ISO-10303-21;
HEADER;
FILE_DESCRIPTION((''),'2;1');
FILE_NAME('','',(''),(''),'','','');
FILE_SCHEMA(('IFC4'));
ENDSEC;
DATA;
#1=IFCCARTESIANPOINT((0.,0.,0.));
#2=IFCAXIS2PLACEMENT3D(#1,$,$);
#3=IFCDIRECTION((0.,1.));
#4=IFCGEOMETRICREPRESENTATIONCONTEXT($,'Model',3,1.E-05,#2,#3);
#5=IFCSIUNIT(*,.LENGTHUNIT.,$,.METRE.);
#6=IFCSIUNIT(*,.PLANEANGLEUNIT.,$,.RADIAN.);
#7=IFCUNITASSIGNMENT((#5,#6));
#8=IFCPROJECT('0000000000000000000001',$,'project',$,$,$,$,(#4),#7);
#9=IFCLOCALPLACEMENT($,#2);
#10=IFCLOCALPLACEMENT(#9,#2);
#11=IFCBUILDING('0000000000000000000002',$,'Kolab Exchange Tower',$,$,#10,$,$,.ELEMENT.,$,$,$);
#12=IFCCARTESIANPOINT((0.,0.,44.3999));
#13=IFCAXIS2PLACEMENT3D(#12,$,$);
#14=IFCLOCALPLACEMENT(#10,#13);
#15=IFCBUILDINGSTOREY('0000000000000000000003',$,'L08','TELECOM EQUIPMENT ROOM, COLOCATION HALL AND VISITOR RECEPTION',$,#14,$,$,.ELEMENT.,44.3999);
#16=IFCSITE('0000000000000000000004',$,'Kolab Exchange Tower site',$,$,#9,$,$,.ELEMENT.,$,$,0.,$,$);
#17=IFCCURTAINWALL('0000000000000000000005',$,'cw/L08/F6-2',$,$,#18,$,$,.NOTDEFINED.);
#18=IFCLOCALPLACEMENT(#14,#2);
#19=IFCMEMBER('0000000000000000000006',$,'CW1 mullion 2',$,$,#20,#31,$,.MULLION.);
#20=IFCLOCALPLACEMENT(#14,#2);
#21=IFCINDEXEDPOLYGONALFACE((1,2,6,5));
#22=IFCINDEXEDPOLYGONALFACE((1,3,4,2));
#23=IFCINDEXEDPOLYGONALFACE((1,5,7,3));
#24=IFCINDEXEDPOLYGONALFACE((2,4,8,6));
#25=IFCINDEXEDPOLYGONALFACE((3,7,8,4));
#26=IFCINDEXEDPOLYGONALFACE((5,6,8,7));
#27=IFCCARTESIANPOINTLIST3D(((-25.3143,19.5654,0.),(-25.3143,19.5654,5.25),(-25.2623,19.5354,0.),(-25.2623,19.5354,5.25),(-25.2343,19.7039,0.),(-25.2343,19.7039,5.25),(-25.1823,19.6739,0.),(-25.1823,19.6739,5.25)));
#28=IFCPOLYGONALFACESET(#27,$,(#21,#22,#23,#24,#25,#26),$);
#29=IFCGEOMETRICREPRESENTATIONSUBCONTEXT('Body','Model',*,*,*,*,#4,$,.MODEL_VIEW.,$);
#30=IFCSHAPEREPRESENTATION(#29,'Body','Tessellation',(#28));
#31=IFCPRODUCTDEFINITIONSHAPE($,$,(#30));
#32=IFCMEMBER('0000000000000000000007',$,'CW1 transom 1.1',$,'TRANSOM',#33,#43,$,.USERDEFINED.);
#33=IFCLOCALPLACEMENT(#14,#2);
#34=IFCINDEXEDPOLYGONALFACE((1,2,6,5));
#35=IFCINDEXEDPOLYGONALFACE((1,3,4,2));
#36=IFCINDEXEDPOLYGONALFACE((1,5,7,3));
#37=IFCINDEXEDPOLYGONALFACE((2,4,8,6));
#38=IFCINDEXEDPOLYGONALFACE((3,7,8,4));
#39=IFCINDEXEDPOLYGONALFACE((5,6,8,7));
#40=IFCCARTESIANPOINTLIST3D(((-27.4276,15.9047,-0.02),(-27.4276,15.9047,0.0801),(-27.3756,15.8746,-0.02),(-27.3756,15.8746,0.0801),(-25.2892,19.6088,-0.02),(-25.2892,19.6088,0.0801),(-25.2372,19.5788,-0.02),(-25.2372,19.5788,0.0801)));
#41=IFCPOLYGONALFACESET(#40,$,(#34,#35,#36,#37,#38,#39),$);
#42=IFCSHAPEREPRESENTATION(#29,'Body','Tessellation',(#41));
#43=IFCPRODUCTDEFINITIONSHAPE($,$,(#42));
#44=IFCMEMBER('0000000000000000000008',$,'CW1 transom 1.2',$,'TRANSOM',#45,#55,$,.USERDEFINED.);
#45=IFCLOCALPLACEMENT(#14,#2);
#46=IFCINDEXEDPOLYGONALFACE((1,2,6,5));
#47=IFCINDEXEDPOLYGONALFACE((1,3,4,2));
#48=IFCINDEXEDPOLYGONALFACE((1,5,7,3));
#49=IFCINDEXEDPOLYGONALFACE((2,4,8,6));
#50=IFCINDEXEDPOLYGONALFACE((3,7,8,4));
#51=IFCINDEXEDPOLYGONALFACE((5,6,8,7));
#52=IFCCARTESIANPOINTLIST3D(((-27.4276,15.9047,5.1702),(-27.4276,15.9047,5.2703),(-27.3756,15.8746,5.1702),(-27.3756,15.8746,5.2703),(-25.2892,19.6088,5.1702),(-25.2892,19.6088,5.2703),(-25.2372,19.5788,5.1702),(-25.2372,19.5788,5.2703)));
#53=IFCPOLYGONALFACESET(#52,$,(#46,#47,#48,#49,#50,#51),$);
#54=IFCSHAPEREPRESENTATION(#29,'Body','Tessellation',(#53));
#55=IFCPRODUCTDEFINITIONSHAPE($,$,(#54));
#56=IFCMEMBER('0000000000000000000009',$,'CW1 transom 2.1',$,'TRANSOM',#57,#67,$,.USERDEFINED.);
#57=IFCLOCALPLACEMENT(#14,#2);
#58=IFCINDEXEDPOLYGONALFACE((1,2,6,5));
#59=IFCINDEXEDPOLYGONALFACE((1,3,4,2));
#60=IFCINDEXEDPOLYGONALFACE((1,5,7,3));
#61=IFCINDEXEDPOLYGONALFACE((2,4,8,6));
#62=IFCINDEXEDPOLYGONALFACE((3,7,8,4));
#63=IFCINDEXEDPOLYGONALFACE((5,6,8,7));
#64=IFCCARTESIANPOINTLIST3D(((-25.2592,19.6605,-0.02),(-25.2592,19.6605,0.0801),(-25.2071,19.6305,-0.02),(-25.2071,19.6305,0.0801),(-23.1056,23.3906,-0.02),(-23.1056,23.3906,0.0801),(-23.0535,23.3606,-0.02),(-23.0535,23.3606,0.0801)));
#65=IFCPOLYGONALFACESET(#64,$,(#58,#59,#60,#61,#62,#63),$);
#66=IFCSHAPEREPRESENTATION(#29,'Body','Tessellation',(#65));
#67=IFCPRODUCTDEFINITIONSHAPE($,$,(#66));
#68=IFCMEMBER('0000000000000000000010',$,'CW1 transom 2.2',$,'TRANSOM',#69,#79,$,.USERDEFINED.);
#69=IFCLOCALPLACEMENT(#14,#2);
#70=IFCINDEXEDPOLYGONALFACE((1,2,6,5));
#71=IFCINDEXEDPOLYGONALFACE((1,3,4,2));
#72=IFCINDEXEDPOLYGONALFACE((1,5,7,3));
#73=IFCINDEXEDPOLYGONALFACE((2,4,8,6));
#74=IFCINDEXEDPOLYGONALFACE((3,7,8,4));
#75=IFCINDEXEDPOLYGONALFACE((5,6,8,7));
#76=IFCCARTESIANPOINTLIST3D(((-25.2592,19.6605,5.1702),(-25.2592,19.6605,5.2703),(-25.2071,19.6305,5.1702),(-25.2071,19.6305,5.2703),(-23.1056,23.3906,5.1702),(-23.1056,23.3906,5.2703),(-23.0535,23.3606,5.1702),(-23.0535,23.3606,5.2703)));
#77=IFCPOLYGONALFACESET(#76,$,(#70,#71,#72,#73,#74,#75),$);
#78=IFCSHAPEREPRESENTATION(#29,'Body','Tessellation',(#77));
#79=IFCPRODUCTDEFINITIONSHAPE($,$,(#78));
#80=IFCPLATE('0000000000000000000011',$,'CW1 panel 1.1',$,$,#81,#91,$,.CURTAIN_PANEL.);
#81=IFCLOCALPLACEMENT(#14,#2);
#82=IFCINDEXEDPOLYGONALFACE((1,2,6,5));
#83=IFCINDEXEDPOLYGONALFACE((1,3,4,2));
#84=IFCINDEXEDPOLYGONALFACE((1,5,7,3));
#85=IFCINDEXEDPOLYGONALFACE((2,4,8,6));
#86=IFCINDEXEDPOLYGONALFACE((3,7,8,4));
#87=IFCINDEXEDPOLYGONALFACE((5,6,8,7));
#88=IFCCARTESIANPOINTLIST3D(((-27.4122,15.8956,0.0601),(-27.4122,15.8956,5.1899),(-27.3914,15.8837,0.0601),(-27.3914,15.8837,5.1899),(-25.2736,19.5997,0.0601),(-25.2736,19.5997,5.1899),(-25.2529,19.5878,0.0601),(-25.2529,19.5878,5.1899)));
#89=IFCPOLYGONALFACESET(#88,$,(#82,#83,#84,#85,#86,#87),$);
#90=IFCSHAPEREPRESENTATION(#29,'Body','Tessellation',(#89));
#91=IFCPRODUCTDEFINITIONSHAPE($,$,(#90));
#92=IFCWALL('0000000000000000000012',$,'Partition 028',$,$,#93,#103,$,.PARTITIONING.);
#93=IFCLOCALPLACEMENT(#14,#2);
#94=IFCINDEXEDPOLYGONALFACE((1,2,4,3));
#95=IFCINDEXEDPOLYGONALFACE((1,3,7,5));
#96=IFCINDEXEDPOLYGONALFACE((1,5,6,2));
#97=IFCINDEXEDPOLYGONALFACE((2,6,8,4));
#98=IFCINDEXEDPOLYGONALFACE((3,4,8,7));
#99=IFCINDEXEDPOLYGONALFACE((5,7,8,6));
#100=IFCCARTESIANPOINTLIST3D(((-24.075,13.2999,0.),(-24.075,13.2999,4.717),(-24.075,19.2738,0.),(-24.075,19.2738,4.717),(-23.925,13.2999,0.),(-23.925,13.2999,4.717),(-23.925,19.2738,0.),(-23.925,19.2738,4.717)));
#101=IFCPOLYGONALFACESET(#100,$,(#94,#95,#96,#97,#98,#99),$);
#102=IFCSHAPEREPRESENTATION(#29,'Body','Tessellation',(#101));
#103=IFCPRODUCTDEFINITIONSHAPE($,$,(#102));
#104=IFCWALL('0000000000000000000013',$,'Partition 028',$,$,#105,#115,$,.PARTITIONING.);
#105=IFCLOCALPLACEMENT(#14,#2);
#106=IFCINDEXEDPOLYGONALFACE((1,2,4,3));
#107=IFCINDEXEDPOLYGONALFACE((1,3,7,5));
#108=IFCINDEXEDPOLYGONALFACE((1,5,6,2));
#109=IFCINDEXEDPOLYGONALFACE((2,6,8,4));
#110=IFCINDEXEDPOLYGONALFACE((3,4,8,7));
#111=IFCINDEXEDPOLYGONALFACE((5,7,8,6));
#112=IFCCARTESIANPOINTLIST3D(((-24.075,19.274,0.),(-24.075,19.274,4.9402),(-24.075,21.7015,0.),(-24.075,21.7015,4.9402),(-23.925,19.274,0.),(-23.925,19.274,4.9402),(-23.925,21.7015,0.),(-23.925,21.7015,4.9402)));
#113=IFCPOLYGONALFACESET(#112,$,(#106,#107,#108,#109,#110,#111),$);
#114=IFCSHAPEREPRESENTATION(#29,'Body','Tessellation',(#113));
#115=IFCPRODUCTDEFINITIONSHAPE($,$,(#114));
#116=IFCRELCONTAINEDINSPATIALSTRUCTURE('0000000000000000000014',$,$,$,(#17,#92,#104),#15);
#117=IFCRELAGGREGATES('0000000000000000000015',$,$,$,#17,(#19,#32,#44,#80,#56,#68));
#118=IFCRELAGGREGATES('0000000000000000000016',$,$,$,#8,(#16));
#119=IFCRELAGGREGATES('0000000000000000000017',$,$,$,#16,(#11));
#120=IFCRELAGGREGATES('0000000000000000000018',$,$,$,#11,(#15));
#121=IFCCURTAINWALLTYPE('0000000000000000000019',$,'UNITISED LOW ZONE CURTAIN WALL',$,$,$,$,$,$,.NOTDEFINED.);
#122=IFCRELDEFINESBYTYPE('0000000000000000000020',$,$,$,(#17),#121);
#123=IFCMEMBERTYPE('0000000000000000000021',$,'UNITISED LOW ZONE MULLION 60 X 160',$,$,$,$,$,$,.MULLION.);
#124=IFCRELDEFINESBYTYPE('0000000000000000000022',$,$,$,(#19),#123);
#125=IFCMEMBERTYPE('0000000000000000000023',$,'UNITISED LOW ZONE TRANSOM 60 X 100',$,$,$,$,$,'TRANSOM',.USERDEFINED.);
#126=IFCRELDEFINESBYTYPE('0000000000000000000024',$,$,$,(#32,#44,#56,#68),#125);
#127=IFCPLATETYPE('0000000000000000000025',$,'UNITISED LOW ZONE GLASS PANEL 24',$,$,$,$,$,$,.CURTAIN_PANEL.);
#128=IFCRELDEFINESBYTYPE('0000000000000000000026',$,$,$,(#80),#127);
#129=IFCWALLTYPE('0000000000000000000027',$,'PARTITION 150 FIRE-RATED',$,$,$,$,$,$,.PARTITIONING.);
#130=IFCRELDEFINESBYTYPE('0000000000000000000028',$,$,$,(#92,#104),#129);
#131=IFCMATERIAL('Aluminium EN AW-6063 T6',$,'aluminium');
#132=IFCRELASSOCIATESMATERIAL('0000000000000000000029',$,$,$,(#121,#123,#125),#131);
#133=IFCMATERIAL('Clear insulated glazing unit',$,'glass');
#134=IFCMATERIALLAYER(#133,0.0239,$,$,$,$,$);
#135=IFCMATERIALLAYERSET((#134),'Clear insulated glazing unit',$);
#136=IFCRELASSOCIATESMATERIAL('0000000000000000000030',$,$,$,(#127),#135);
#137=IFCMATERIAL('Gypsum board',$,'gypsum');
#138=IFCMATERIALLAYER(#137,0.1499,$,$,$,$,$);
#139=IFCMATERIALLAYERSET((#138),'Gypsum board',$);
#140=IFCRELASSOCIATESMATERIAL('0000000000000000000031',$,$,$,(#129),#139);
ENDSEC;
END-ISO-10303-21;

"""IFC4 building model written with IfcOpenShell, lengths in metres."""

from ifc_helpers import new_model, si_unit, direction, frame, frame_2d, origin, origin_2d, place, context, subcontext, project, spatial, rectangle, extrude, material, layer, layer_set, material_profile, profile_set, type_object, element, aggregate, save


model = new_model("IFC4")

# Units and contexts
model_context = context("Model", 3, precision=1e-05, world=origin(), true_north=direction((0.0, 1.0)))
body_context = subcontext(model_context, "Body", "Model", "MODEL_VIEW")
ifc_project = project(units=[si_unit("LENGTHUNIT", "METRE"), si_unit("PLANEANGLEUNIT", "RADIAN")], contexts=[model_context])

# Site, building, storey
site_placement = place(None, origin())
site = spatial("IfcSite", under=ifc_project, at=site_placement, Name="Kolab Exchange Tower site", CompositionType="ELEMENT", RefElevation=0.0)
building_placement = place(site_placement, origin())
building = spatial("IfcBuilding", under=site, at=building_placement, Name="Kolab Exchange Tower", CompositionType="ELEMENT")
storey_placement = place(building_placement, frame((0.0, 0.0, 44.3999)))
storey = spatial("IfcBuildingStorey", under=building, at=storey_placement, Name="L08", Description="TELECOM EQUIPMENT ROOM, COLOCATION HALL AND VISITOR RECEPTION", CompositionType="ELEMENT", Elevation=44.3999)

# Curtain wall, members, plate
ifc_material_1 = material(Name="Aluminium EN AW-6063 T6", Category="aluminium")
curtain_wall_type = type_object("IfcCurtainWallType", Name="UNITISED LOW ZONE CURTAIN WALL", PredefinedType="NOTDEFINED", material=ifc_material_1)
curtain_wall_placement = place(storey_placement, origin())
curtain_wall = element("IfcCurtainWall", 1, at=curtain_wall_placement, inside=storey, type_object=curtain_wall_type, Name="cw/L08/F6-2", PredefinedType="NOTDEFINED")
ifc_material_profile_1 = material_profile(ifc_material_1, rectangle(XDim=0.0601, YDim=0.1599, at=origin_2d()), Name="RECT 60X160")
ifc_profile_set_1 = profile_set([ifc_material_profile_1], Name="Aluminium EN AW-6063 T6")
member_type_1 = type_object("IfcMemberType", Name="UNITISED LOW ZONE MULLION 60 X 160", PredefinedType="MULLION", material=ifc_profile_set_1)
member_1_placement = place(storey_placement, frame((-25.2483, 19.6196, 0.0), z_axis=(0.0, 0.0, 1.0), x_axis=(-0.866025, 0.5, 0.0)))
member_1 = element("IfcMember", 2, at=member_1_placement, type_object=member_type_1, Name="CW1 mullion 2", PredefinedType="MULLION", context=body_context, shape_type="SweptSolid", body=[
    extrude(rectangle(XDim=0.0601, YDim=0.1599, at=origin_2d()), origin(), (0.0, 0.0, 1.0), 5.25),
])
ifc_material_profile_2 = material_profile(ifc_material_1, rectangle(XDim=0.0601, YDim=0.1001, at=origin_2d()), Name="RECT 60X100")
ifc_profile_set_2 = profile_set([ifc_material_profile_2], Name="Aluminium EN AW-6063 T6")
member_type_2 = type_object("IfcMemberType", Name="UNITISED LOW ZONE TRANSOM 60 X 100", ElementType="TRANSOM", PredefinedType="USERDEFINED", material=ifc_profile_set_2)
member_2_placement = place(storey_placement, frame((-27.4016, 15.8896, 0.03), z_axis=(0.499976, 0.866039, 0.0), x_axis=(-0.866039, 0.499976, 0.0)))
member_2 = element("IfcMember", 3, at=member_2_placement, type_object=member_type_2, Name="CW1 transom 1.1", ObjectType="TRANSOM", PredefinedType="USERDEFINED", context=body_context, shape_type="SweptSolid", body=[
    extrude(rectangle(XDim=0.0601, YDim=0.1001, at=origin_2d()), origin(), (0.0, 0.0, 1.0), 4.2771),
])
member_3_placement = place(storey_placement, frame((-27.4016, 15.8896, 5.2202), z_axis=(0.499976, 0.866039, 0.0), x_axis=(-0.866039, 0.499976, 0.0)))
member_3 = element("IfcMember", 4, at=member_3_placement, type_object=member_type_2, Name="CW1 transom 1.2", ObjectType="TRANSOM", PredefinedType="USERDEFINED", context=body_context, shape_type="SweptSolid", body=[
    extrude(rectangle(XDim=0.0601, YDim=0.1001, at=origin_2d()), origin(), (0.0, 0.0, 1.0), 4.2771),
])
member_4_placement = place(storey_placement, frame((-25.2332, 19.6455, 0.03), z_axis=(0.50001, 0.866019, 0.0), x_axis=(-0.866019, 0.50001, 0.0)))
member_4 = element("IfcMember", 5, at=member_4_placement, type_object=member_type_2, Name="CW1 transom 2.1", ObjectType="TRANSOM", PredefinedType="USERDEFINED", context=body_context, shape_type="SweptSolid", body=[
    extrude(rectangle(XDim=0.0601, YDim=0.1001, at=origin_2d()), origin(), (0.0, 0.0, 1.0), 4.3071),
])
member_5_placement = place(storey_placement, frame((-25.2332, 19.6455, 5.2202), z_axis=(0.50001, 0.866019, 0.0), x_axis=(-0.866019, 0.50001, 0.0)))
member_5 = element("IfcMember", 6, at=member_5_placement, type_object=member_type_2, Name="CW1 transom 2.2", ObjectType="TRANSOM", PredefinedType="USERDEFINED", context=body_context, shape_type="SweptSolid", body=[
    extrude(rectangle(XDim=0.0601, YDim=0.1001, at=origin_2d()), origin(), (0.0, 0.0, 1.0), 4.3071),
])
ifc_material_2 = material(Name="Clear insulated glazing unit", Category="glass")
ifc_layer_1 = layer(ifc_material_2, 0.0239)
ifc_layer_set_1 = layer_set([ifc_layer_1], Name="Clear insulated glazing unit")
plate_type = type_object("IfcPlateType", Name="UNITISED LOW ZONE GLASS PANEL 24", PredefinedType="CURTAIN_PANEL", material=ifc_layer_set_1)
plate_placement = place(storey_placement, frame((-26.3325, 17.7417, 0.0601), z_axis=(0.0, 0.0, 1.0), x_axis=(0.5, 0.866025, 0.0)))
plate = element("IfcPlate", 7, at=plate_placement, type_object=plate_type, Name="CW1 panel 1.1", PredefinedType="CURTAIN_PANEL", context=body_context, shape_type="SweptSolid", body=[
    extrude(rectangle(XDim=4.2771, YDim=0.0239, at=origin_2d()), origin(), (0.0, 0.0, 1.0), 5.1299),
])
aggregate(curtain_wall, [member_1, member_2, member_3, plate, member_4, member_5])

# Walls
ifc_material_3 = material(Name="Gypsum board", Category="gypsum")
ifc_layer_2 = layer(ifc_material_3, 0.1499)
ifc_layer_set_2 = layer_set([ifc_layer_2], Name="Gypsum board")
wall_type = type_object("IfcWallType", Name="PARTITION 150 FIRE-RATED", PredefinedType="PARTITIONING", material=ifc_layer_set_2)
wall_1_placement = place(storey_placement, frame((-24.0, 13.3, 0.0), z_axis=(0.0, 0.0, 1.0), x_axis=(0.0, 1.0, 0.0)))
element("IfcWall", 8, at=wall_1_placement, inside=storey, type_object=wall_type, Name="Partition 028", PredefinedType="PARTITIONING", context=body_context, shape_type="SweptSolid", body=[
    extrude(rectangle(XDim=5.9739, YDim=0.1499, at=frame_2d((2.9868, 0.0))), origin(), (0.0, 0.0, 1.0), 4.717),
])
wall_2_placement = place(storey_placement, frame((-24.0, 19.2739, 0.0), z_axis=(0.0, 0.0, 1.0), x_axis=(0.0, 1.0, 0.0)))
element("IfcWall", 9, at=wall_2_placement, inside=storey, type_object=wall_type, Name="Partition 028", PredefinedType="PARTITIONING", context=body_context, shape_type="SweptSolid", body=[
    extrude(rectangle(XDim=2.4275, YDim=0.1499, at=frame_2d((1.2139, 0.0))), origin(), (0.0, 0.0, 1.0), 4.9402),
])

save(model, "model.ifc")
